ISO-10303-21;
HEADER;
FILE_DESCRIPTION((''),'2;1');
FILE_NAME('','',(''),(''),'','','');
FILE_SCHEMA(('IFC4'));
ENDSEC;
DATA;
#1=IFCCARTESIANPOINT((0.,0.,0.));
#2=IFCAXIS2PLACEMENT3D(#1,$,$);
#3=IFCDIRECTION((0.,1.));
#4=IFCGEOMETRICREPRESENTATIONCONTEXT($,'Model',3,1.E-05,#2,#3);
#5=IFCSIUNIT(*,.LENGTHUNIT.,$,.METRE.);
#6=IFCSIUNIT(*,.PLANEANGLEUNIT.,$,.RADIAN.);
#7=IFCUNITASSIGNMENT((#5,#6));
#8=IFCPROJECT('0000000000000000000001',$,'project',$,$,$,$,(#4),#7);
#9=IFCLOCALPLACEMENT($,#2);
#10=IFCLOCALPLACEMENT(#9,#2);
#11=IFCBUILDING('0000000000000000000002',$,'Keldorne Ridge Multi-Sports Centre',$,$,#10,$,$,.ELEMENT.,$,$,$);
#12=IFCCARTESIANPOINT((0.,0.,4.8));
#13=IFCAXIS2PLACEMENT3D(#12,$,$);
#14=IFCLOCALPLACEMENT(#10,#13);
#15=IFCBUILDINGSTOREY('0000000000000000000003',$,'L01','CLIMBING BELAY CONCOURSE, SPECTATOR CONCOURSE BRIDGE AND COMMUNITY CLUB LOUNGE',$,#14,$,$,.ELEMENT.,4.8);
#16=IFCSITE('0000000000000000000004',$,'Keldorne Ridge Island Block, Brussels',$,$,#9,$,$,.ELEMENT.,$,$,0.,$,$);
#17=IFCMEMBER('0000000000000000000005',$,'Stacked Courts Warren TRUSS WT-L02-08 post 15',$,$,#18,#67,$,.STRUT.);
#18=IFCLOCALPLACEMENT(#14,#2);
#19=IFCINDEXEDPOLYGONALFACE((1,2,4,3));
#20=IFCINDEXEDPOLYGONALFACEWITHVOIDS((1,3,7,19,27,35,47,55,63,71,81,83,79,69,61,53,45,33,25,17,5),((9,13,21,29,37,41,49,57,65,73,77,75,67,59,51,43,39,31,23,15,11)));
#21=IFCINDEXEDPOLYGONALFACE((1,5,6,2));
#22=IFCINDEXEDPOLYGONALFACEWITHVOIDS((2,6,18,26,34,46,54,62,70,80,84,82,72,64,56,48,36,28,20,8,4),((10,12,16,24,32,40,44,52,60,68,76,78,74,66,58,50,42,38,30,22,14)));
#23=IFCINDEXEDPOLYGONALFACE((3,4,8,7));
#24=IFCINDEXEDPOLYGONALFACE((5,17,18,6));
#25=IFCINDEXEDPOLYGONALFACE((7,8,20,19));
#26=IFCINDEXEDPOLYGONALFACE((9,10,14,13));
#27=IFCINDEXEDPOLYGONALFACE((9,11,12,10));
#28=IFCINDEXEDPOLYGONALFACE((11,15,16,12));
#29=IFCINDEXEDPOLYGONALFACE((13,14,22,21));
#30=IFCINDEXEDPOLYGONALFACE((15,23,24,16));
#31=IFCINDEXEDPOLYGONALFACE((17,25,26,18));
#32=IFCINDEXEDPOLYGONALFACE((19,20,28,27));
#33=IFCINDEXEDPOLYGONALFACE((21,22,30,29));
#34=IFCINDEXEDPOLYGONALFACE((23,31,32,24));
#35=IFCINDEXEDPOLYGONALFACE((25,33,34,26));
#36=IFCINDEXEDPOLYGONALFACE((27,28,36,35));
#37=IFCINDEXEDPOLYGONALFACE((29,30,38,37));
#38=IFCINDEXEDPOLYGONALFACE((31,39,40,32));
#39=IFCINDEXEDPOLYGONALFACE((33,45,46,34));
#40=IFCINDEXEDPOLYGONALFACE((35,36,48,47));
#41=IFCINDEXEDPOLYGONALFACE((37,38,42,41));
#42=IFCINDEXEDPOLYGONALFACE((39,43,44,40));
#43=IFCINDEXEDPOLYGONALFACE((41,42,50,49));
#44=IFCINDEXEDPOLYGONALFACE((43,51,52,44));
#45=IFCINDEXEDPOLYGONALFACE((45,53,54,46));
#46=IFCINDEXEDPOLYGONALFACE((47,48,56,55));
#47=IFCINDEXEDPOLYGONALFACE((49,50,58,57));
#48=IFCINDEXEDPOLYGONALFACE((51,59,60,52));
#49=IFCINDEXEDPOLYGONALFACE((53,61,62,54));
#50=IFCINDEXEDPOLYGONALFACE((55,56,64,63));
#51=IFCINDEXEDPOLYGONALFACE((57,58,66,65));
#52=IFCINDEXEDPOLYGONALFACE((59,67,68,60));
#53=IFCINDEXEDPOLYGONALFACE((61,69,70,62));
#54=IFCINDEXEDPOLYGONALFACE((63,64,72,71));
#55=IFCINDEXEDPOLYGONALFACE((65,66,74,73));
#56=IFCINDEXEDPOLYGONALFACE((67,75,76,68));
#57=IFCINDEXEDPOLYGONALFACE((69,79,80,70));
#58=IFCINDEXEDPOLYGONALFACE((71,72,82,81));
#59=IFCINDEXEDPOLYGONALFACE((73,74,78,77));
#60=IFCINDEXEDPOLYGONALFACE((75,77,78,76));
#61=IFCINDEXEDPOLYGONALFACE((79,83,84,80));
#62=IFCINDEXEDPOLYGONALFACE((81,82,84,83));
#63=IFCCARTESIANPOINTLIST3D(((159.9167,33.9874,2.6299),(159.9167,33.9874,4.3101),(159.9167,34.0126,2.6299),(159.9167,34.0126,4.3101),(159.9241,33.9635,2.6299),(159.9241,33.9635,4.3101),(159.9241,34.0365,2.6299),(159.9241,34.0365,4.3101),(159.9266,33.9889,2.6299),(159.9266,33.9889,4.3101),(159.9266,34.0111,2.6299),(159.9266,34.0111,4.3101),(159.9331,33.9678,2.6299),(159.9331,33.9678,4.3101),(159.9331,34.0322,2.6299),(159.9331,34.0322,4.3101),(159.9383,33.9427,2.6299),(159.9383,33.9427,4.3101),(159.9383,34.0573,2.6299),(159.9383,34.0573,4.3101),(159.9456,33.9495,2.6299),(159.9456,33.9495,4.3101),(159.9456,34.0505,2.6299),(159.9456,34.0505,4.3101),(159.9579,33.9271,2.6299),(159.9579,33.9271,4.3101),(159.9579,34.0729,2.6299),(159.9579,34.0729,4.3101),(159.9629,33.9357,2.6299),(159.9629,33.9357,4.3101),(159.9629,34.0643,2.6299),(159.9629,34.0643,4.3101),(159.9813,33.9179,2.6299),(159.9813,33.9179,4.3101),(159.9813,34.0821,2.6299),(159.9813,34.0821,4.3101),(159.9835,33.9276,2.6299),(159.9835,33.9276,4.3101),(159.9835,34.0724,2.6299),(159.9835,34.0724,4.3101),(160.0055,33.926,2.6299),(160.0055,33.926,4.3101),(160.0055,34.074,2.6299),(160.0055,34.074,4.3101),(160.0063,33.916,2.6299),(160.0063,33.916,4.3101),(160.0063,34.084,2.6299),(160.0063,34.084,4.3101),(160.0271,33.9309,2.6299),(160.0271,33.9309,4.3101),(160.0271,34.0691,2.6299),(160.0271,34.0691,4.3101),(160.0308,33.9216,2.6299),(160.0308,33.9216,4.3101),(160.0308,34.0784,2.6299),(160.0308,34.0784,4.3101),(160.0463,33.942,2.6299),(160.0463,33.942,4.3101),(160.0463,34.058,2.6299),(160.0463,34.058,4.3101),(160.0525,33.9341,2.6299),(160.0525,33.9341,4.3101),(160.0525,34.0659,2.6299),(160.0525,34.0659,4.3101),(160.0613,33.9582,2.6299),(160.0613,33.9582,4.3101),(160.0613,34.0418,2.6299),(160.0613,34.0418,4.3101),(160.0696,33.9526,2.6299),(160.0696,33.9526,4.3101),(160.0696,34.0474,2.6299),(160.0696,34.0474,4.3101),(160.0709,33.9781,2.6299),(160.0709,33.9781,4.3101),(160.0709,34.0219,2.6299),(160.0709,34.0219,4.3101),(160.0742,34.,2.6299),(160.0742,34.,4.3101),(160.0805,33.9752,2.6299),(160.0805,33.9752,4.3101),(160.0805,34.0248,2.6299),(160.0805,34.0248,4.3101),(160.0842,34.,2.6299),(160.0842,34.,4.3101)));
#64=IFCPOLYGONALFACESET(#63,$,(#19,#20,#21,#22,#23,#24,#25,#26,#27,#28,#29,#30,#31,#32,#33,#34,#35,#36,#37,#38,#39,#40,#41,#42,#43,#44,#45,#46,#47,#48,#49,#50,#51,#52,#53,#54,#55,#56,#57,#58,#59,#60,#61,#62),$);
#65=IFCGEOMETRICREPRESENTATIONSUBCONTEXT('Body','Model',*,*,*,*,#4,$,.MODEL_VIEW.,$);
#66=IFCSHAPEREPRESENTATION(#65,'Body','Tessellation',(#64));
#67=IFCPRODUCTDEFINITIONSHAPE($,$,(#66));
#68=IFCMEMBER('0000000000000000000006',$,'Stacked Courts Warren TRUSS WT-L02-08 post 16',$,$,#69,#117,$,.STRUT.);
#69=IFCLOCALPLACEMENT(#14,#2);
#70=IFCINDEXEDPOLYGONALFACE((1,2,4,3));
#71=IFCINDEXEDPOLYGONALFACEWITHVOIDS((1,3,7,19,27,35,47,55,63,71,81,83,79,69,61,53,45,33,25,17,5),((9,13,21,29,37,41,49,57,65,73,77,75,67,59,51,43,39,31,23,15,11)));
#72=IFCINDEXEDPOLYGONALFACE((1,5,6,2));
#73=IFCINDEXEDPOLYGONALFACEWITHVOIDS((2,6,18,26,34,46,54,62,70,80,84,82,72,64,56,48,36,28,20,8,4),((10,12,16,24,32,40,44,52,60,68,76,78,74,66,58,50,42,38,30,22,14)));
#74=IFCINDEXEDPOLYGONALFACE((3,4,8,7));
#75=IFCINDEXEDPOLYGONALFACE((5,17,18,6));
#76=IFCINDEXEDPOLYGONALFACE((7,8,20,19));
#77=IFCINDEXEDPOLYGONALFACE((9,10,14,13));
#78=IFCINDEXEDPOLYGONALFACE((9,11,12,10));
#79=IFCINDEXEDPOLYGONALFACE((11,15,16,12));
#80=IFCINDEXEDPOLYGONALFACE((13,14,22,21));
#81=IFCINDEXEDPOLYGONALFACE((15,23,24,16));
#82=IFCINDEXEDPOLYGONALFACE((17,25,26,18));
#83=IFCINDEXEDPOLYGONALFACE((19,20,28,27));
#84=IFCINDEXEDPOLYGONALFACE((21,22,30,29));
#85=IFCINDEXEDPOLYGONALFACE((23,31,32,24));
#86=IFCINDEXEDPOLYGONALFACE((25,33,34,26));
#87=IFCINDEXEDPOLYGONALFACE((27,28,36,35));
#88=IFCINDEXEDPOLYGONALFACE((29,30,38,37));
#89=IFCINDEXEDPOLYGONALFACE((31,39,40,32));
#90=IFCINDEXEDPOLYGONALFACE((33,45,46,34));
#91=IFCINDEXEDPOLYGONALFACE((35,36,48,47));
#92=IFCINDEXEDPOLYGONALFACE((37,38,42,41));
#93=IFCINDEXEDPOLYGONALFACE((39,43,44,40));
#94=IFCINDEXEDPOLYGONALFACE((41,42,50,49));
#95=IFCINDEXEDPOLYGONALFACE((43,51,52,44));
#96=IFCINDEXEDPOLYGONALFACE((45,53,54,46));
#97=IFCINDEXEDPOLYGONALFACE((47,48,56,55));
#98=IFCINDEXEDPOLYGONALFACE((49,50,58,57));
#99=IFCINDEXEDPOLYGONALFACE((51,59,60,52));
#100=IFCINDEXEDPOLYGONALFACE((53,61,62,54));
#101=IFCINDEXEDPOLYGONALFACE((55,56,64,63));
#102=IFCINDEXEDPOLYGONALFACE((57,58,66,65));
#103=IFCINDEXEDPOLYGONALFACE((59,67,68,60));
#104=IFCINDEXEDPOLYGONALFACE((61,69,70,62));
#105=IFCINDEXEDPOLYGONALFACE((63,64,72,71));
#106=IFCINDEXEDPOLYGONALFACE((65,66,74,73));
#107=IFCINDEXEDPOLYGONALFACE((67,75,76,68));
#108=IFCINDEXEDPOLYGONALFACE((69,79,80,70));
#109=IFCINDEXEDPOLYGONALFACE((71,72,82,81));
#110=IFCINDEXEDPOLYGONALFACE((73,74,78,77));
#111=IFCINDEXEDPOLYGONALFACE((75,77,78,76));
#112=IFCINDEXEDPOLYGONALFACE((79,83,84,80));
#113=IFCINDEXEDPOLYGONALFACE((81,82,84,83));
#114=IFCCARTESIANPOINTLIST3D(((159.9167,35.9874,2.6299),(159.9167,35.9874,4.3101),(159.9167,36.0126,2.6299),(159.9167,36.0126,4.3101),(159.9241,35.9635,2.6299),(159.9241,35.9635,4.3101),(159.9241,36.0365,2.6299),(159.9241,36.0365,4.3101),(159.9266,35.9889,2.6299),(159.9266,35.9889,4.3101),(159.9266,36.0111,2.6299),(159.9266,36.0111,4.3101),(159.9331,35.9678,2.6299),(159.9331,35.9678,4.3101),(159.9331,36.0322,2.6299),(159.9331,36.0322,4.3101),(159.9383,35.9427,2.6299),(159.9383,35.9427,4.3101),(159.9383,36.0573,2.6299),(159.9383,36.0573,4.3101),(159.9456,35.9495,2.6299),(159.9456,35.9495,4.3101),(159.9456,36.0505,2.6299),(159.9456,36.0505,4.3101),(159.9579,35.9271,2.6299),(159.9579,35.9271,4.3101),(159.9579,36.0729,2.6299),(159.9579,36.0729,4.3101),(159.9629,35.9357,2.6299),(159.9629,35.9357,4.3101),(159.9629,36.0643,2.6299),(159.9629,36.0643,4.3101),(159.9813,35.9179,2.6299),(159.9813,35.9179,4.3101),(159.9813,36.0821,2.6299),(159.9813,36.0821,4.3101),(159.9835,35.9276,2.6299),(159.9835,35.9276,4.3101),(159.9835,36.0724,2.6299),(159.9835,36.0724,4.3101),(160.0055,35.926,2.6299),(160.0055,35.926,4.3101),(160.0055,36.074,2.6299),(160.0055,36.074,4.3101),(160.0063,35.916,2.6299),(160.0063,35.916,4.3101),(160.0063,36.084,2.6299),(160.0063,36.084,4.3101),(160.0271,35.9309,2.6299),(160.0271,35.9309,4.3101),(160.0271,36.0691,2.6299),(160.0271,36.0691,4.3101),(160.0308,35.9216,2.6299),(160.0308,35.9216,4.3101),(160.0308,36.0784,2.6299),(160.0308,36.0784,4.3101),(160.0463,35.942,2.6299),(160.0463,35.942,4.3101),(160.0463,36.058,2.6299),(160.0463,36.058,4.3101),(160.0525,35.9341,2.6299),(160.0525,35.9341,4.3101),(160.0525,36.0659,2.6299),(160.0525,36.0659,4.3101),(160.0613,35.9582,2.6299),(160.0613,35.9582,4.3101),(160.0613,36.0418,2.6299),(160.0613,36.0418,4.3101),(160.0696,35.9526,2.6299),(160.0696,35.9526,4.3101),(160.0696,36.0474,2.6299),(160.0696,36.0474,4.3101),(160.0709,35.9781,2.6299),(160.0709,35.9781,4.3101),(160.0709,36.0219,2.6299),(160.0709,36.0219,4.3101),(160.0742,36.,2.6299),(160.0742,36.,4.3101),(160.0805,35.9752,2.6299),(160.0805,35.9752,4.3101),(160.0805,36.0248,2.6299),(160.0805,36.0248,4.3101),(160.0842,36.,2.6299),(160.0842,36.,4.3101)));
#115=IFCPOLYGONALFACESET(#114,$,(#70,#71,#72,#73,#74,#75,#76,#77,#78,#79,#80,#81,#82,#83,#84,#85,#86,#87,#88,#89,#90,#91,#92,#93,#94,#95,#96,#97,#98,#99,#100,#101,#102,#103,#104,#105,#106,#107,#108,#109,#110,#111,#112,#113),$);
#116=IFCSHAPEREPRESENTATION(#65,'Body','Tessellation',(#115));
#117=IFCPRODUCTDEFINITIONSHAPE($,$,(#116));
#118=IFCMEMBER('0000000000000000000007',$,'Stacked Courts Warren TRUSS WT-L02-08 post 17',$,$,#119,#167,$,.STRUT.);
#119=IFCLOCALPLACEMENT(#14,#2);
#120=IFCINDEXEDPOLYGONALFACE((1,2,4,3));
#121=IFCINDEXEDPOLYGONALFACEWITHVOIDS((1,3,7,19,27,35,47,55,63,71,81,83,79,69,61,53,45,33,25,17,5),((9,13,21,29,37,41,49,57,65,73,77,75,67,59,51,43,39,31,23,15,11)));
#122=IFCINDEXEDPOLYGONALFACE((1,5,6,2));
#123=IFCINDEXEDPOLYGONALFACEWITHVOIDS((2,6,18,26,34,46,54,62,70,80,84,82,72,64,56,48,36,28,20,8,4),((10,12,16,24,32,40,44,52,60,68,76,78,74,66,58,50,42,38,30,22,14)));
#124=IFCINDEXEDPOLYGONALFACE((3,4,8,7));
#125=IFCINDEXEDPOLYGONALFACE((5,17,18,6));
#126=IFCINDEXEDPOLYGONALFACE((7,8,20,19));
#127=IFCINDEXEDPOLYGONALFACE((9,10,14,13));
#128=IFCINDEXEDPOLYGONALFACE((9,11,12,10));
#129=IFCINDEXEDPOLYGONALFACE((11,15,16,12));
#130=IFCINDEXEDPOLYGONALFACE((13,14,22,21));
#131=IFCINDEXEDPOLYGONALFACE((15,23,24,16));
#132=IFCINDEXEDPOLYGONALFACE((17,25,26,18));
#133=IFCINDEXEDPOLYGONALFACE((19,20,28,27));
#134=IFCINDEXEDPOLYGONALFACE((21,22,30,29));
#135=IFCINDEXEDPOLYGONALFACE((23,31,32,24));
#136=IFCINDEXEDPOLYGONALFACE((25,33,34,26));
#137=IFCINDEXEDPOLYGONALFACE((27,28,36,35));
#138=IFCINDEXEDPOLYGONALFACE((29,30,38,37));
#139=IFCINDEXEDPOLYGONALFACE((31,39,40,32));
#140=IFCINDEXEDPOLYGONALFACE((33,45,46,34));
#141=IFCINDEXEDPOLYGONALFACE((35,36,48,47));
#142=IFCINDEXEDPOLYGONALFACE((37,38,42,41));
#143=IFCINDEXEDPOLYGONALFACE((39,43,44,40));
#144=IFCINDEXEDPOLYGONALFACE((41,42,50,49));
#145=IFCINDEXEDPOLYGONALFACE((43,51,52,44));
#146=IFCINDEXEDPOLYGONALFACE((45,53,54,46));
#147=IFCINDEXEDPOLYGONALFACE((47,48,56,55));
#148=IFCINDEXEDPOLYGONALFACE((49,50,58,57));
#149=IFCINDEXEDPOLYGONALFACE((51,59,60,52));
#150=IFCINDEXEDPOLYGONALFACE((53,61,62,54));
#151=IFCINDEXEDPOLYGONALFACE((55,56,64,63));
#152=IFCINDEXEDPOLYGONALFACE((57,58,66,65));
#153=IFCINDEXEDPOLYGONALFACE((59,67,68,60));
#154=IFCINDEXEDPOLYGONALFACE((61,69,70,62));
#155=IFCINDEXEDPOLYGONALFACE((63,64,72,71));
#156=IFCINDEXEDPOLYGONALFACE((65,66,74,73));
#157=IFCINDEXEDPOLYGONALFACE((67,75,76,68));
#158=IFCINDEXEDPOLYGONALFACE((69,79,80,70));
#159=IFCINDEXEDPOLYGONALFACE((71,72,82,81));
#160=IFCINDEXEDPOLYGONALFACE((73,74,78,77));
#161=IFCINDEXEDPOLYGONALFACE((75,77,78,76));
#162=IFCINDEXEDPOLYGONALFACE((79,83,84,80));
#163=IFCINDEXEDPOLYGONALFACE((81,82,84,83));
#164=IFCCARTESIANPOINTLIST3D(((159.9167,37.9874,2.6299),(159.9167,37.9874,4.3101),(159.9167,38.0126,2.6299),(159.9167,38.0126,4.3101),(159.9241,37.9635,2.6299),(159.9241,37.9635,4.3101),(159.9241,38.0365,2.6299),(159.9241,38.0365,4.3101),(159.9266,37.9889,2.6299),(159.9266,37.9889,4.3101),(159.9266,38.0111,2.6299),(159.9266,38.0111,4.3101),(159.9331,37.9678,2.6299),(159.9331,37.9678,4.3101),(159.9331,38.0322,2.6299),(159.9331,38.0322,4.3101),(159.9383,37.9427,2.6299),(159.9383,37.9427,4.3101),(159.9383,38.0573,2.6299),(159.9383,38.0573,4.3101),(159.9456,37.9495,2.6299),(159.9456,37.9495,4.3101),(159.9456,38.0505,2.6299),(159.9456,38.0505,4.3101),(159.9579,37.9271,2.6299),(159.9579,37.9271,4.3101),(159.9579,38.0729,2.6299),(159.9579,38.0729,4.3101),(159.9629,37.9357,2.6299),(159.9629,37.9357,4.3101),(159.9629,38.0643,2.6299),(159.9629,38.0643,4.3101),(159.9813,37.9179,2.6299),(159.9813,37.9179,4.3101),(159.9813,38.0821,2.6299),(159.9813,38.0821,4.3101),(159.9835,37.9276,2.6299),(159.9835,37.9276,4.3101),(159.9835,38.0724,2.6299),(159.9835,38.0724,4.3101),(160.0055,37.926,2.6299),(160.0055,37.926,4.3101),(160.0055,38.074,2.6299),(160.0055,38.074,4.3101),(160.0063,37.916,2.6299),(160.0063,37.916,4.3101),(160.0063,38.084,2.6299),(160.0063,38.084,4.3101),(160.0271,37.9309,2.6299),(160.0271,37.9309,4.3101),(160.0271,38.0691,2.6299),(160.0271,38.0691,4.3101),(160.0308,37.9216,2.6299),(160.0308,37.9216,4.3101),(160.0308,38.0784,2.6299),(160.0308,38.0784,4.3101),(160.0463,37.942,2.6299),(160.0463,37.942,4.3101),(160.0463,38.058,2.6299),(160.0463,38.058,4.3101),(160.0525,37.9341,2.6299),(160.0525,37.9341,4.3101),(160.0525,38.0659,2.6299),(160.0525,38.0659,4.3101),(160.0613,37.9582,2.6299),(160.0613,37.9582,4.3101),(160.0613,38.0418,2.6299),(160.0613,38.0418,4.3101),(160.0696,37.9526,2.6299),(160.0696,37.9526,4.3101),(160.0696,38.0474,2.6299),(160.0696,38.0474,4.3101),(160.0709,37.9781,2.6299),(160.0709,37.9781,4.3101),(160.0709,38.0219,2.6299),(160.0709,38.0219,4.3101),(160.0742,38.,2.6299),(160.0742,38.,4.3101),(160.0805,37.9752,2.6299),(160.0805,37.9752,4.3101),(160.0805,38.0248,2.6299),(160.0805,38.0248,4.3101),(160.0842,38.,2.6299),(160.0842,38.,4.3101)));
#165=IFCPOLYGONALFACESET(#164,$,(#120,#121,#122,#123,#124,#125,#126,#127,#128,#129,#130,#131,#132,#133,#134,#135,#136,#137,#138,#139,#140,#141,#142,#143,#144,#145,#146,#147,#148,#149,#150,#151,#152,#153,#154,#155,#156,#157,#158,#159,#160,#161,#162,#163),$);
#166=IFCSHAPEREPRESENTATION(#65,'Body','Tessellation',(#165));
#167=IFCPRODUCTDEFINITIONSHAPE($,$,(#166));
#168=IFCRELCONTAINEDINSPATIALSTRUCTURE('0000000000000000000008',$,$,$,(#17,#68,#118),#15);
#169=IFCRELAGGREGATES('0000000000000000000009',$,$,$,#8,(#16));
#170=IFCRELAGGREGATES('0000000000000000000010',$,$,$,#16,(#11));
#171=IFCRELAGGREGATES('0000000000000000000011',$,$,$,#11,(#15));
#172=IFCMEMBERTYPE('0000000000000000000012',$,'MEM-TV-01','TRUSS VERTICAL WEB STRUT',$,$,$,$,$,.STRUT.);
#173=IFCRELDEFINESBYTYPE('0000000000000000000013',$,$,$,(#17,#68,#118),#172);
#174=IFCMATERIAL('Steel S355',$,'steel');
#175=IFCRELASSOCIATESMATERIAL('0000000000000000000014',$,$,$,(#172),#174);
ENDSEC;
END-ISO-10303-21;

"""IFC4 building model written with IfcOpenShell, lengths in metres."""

from ifc_helpers import new_model, si_unit, direction, frame, origin, origin_2d, place, context, subcontext, project, spatial, hollow_circle, extrude, material, material_profile, profile_set, type_object, element, save


model = new_model("IFC4")

# Units and contexts
model_context = context("Model", 3, precision=1e-05, world=origin(), true_north=direction((0.0, 1.0)))
body_context = subcontext(model_context, "Body", "Model", "MODEL_VIEW")
ifc_project = project(units=[si_unit("LENGTHUNIT", "METRE"), si_unit("PLANEANGLEUNIT", "RADIAN")], contexts=[model_context])

# Site, building, storey
site_placement = place(None, origin())
site = spatial("IfcSite", under=ifc_project, at=site_placement, Name="Keldorne Ridge Island Block, Brussels", CompositionType="ELEMENT", RefElevation=0.0)
building_placement = place(site_placement, origin())
building = spatial("IfcBuilding", under=site, at=building_placement, Name="Keldorne Ridge Multi-Sports Centre", CompositionType="ELEMENT")
storey_placement = place(building_placement, frame((0.0, 0.0, 4.8)))
storey = spatial("IfcBuildingStorey", under=building, at=storey_placement, Name="L01", Description="CLIMBING BELAY CONCOURSE, SPECTATOR CONCOURSE BRIDGE AND COMMUNITY CLUB LOUNGE", CompositionType="ELEMENT", Elevation=4.8)

# Shared definitions
ifc_material_1 = material(Name="Steel S355", Category="steel")

# Members
ifc_material_profile_1 = material_profile(ifc_material_1, hollow_circle(Radius=0.0842, WallThickness=0.01, at=origin_2d()), Name="CHS 168.3x10")
ifc_profile_set_1 = profile_set([ifc_material_profile_1], Name="Steel S355")
member_type_1 = type_object("IfcMemberType", Name="MEM-TV-01", Description="TRUSS VERTICAL WEB STRUT", PredefinedType="STRUT", material=ifc_profile_set_1)
for number, where, z_axis, x_axis, name in (
    (1, (160.0, 34.0, 2.6299), (0.0, 0.0, 1.0), (1.0, 0.0, 0.0), "Stacked Courts Warren TRUSS WT-L02-08 post 15"),
    (2, (160.0, 36.0, 2.6299), (0.0, 0.0, 1.0), (1.0, 0.0, 0.0), "Stacked Courts Warren TRUSS WT-L02-08 post 16"),
    (3, (160.0, 38.0, 2.6299), (0.0, 0.0, 1.0), (1.0, 0.0, 0.0), "Stacked Courts Warren TRUSS WT-L02-08 post 17"),
):
    element("IfcMember", number, at=place(storey_placement, frame(where, z_axis=z_axis, x_axis=x_axis)), inside=storey, type_object=member_type_1, Name=name, PredefinedType="STRUT", context=body_context, shape_type="SweptSolid", body=[
        extrude(hollow_circle(Radius=0.0842, WallThickness=0.01, at=origin_2d()), origin(), (0.0, 0.0, 1.0), 1.6802),
    ])

save(model, "model.ifc")
